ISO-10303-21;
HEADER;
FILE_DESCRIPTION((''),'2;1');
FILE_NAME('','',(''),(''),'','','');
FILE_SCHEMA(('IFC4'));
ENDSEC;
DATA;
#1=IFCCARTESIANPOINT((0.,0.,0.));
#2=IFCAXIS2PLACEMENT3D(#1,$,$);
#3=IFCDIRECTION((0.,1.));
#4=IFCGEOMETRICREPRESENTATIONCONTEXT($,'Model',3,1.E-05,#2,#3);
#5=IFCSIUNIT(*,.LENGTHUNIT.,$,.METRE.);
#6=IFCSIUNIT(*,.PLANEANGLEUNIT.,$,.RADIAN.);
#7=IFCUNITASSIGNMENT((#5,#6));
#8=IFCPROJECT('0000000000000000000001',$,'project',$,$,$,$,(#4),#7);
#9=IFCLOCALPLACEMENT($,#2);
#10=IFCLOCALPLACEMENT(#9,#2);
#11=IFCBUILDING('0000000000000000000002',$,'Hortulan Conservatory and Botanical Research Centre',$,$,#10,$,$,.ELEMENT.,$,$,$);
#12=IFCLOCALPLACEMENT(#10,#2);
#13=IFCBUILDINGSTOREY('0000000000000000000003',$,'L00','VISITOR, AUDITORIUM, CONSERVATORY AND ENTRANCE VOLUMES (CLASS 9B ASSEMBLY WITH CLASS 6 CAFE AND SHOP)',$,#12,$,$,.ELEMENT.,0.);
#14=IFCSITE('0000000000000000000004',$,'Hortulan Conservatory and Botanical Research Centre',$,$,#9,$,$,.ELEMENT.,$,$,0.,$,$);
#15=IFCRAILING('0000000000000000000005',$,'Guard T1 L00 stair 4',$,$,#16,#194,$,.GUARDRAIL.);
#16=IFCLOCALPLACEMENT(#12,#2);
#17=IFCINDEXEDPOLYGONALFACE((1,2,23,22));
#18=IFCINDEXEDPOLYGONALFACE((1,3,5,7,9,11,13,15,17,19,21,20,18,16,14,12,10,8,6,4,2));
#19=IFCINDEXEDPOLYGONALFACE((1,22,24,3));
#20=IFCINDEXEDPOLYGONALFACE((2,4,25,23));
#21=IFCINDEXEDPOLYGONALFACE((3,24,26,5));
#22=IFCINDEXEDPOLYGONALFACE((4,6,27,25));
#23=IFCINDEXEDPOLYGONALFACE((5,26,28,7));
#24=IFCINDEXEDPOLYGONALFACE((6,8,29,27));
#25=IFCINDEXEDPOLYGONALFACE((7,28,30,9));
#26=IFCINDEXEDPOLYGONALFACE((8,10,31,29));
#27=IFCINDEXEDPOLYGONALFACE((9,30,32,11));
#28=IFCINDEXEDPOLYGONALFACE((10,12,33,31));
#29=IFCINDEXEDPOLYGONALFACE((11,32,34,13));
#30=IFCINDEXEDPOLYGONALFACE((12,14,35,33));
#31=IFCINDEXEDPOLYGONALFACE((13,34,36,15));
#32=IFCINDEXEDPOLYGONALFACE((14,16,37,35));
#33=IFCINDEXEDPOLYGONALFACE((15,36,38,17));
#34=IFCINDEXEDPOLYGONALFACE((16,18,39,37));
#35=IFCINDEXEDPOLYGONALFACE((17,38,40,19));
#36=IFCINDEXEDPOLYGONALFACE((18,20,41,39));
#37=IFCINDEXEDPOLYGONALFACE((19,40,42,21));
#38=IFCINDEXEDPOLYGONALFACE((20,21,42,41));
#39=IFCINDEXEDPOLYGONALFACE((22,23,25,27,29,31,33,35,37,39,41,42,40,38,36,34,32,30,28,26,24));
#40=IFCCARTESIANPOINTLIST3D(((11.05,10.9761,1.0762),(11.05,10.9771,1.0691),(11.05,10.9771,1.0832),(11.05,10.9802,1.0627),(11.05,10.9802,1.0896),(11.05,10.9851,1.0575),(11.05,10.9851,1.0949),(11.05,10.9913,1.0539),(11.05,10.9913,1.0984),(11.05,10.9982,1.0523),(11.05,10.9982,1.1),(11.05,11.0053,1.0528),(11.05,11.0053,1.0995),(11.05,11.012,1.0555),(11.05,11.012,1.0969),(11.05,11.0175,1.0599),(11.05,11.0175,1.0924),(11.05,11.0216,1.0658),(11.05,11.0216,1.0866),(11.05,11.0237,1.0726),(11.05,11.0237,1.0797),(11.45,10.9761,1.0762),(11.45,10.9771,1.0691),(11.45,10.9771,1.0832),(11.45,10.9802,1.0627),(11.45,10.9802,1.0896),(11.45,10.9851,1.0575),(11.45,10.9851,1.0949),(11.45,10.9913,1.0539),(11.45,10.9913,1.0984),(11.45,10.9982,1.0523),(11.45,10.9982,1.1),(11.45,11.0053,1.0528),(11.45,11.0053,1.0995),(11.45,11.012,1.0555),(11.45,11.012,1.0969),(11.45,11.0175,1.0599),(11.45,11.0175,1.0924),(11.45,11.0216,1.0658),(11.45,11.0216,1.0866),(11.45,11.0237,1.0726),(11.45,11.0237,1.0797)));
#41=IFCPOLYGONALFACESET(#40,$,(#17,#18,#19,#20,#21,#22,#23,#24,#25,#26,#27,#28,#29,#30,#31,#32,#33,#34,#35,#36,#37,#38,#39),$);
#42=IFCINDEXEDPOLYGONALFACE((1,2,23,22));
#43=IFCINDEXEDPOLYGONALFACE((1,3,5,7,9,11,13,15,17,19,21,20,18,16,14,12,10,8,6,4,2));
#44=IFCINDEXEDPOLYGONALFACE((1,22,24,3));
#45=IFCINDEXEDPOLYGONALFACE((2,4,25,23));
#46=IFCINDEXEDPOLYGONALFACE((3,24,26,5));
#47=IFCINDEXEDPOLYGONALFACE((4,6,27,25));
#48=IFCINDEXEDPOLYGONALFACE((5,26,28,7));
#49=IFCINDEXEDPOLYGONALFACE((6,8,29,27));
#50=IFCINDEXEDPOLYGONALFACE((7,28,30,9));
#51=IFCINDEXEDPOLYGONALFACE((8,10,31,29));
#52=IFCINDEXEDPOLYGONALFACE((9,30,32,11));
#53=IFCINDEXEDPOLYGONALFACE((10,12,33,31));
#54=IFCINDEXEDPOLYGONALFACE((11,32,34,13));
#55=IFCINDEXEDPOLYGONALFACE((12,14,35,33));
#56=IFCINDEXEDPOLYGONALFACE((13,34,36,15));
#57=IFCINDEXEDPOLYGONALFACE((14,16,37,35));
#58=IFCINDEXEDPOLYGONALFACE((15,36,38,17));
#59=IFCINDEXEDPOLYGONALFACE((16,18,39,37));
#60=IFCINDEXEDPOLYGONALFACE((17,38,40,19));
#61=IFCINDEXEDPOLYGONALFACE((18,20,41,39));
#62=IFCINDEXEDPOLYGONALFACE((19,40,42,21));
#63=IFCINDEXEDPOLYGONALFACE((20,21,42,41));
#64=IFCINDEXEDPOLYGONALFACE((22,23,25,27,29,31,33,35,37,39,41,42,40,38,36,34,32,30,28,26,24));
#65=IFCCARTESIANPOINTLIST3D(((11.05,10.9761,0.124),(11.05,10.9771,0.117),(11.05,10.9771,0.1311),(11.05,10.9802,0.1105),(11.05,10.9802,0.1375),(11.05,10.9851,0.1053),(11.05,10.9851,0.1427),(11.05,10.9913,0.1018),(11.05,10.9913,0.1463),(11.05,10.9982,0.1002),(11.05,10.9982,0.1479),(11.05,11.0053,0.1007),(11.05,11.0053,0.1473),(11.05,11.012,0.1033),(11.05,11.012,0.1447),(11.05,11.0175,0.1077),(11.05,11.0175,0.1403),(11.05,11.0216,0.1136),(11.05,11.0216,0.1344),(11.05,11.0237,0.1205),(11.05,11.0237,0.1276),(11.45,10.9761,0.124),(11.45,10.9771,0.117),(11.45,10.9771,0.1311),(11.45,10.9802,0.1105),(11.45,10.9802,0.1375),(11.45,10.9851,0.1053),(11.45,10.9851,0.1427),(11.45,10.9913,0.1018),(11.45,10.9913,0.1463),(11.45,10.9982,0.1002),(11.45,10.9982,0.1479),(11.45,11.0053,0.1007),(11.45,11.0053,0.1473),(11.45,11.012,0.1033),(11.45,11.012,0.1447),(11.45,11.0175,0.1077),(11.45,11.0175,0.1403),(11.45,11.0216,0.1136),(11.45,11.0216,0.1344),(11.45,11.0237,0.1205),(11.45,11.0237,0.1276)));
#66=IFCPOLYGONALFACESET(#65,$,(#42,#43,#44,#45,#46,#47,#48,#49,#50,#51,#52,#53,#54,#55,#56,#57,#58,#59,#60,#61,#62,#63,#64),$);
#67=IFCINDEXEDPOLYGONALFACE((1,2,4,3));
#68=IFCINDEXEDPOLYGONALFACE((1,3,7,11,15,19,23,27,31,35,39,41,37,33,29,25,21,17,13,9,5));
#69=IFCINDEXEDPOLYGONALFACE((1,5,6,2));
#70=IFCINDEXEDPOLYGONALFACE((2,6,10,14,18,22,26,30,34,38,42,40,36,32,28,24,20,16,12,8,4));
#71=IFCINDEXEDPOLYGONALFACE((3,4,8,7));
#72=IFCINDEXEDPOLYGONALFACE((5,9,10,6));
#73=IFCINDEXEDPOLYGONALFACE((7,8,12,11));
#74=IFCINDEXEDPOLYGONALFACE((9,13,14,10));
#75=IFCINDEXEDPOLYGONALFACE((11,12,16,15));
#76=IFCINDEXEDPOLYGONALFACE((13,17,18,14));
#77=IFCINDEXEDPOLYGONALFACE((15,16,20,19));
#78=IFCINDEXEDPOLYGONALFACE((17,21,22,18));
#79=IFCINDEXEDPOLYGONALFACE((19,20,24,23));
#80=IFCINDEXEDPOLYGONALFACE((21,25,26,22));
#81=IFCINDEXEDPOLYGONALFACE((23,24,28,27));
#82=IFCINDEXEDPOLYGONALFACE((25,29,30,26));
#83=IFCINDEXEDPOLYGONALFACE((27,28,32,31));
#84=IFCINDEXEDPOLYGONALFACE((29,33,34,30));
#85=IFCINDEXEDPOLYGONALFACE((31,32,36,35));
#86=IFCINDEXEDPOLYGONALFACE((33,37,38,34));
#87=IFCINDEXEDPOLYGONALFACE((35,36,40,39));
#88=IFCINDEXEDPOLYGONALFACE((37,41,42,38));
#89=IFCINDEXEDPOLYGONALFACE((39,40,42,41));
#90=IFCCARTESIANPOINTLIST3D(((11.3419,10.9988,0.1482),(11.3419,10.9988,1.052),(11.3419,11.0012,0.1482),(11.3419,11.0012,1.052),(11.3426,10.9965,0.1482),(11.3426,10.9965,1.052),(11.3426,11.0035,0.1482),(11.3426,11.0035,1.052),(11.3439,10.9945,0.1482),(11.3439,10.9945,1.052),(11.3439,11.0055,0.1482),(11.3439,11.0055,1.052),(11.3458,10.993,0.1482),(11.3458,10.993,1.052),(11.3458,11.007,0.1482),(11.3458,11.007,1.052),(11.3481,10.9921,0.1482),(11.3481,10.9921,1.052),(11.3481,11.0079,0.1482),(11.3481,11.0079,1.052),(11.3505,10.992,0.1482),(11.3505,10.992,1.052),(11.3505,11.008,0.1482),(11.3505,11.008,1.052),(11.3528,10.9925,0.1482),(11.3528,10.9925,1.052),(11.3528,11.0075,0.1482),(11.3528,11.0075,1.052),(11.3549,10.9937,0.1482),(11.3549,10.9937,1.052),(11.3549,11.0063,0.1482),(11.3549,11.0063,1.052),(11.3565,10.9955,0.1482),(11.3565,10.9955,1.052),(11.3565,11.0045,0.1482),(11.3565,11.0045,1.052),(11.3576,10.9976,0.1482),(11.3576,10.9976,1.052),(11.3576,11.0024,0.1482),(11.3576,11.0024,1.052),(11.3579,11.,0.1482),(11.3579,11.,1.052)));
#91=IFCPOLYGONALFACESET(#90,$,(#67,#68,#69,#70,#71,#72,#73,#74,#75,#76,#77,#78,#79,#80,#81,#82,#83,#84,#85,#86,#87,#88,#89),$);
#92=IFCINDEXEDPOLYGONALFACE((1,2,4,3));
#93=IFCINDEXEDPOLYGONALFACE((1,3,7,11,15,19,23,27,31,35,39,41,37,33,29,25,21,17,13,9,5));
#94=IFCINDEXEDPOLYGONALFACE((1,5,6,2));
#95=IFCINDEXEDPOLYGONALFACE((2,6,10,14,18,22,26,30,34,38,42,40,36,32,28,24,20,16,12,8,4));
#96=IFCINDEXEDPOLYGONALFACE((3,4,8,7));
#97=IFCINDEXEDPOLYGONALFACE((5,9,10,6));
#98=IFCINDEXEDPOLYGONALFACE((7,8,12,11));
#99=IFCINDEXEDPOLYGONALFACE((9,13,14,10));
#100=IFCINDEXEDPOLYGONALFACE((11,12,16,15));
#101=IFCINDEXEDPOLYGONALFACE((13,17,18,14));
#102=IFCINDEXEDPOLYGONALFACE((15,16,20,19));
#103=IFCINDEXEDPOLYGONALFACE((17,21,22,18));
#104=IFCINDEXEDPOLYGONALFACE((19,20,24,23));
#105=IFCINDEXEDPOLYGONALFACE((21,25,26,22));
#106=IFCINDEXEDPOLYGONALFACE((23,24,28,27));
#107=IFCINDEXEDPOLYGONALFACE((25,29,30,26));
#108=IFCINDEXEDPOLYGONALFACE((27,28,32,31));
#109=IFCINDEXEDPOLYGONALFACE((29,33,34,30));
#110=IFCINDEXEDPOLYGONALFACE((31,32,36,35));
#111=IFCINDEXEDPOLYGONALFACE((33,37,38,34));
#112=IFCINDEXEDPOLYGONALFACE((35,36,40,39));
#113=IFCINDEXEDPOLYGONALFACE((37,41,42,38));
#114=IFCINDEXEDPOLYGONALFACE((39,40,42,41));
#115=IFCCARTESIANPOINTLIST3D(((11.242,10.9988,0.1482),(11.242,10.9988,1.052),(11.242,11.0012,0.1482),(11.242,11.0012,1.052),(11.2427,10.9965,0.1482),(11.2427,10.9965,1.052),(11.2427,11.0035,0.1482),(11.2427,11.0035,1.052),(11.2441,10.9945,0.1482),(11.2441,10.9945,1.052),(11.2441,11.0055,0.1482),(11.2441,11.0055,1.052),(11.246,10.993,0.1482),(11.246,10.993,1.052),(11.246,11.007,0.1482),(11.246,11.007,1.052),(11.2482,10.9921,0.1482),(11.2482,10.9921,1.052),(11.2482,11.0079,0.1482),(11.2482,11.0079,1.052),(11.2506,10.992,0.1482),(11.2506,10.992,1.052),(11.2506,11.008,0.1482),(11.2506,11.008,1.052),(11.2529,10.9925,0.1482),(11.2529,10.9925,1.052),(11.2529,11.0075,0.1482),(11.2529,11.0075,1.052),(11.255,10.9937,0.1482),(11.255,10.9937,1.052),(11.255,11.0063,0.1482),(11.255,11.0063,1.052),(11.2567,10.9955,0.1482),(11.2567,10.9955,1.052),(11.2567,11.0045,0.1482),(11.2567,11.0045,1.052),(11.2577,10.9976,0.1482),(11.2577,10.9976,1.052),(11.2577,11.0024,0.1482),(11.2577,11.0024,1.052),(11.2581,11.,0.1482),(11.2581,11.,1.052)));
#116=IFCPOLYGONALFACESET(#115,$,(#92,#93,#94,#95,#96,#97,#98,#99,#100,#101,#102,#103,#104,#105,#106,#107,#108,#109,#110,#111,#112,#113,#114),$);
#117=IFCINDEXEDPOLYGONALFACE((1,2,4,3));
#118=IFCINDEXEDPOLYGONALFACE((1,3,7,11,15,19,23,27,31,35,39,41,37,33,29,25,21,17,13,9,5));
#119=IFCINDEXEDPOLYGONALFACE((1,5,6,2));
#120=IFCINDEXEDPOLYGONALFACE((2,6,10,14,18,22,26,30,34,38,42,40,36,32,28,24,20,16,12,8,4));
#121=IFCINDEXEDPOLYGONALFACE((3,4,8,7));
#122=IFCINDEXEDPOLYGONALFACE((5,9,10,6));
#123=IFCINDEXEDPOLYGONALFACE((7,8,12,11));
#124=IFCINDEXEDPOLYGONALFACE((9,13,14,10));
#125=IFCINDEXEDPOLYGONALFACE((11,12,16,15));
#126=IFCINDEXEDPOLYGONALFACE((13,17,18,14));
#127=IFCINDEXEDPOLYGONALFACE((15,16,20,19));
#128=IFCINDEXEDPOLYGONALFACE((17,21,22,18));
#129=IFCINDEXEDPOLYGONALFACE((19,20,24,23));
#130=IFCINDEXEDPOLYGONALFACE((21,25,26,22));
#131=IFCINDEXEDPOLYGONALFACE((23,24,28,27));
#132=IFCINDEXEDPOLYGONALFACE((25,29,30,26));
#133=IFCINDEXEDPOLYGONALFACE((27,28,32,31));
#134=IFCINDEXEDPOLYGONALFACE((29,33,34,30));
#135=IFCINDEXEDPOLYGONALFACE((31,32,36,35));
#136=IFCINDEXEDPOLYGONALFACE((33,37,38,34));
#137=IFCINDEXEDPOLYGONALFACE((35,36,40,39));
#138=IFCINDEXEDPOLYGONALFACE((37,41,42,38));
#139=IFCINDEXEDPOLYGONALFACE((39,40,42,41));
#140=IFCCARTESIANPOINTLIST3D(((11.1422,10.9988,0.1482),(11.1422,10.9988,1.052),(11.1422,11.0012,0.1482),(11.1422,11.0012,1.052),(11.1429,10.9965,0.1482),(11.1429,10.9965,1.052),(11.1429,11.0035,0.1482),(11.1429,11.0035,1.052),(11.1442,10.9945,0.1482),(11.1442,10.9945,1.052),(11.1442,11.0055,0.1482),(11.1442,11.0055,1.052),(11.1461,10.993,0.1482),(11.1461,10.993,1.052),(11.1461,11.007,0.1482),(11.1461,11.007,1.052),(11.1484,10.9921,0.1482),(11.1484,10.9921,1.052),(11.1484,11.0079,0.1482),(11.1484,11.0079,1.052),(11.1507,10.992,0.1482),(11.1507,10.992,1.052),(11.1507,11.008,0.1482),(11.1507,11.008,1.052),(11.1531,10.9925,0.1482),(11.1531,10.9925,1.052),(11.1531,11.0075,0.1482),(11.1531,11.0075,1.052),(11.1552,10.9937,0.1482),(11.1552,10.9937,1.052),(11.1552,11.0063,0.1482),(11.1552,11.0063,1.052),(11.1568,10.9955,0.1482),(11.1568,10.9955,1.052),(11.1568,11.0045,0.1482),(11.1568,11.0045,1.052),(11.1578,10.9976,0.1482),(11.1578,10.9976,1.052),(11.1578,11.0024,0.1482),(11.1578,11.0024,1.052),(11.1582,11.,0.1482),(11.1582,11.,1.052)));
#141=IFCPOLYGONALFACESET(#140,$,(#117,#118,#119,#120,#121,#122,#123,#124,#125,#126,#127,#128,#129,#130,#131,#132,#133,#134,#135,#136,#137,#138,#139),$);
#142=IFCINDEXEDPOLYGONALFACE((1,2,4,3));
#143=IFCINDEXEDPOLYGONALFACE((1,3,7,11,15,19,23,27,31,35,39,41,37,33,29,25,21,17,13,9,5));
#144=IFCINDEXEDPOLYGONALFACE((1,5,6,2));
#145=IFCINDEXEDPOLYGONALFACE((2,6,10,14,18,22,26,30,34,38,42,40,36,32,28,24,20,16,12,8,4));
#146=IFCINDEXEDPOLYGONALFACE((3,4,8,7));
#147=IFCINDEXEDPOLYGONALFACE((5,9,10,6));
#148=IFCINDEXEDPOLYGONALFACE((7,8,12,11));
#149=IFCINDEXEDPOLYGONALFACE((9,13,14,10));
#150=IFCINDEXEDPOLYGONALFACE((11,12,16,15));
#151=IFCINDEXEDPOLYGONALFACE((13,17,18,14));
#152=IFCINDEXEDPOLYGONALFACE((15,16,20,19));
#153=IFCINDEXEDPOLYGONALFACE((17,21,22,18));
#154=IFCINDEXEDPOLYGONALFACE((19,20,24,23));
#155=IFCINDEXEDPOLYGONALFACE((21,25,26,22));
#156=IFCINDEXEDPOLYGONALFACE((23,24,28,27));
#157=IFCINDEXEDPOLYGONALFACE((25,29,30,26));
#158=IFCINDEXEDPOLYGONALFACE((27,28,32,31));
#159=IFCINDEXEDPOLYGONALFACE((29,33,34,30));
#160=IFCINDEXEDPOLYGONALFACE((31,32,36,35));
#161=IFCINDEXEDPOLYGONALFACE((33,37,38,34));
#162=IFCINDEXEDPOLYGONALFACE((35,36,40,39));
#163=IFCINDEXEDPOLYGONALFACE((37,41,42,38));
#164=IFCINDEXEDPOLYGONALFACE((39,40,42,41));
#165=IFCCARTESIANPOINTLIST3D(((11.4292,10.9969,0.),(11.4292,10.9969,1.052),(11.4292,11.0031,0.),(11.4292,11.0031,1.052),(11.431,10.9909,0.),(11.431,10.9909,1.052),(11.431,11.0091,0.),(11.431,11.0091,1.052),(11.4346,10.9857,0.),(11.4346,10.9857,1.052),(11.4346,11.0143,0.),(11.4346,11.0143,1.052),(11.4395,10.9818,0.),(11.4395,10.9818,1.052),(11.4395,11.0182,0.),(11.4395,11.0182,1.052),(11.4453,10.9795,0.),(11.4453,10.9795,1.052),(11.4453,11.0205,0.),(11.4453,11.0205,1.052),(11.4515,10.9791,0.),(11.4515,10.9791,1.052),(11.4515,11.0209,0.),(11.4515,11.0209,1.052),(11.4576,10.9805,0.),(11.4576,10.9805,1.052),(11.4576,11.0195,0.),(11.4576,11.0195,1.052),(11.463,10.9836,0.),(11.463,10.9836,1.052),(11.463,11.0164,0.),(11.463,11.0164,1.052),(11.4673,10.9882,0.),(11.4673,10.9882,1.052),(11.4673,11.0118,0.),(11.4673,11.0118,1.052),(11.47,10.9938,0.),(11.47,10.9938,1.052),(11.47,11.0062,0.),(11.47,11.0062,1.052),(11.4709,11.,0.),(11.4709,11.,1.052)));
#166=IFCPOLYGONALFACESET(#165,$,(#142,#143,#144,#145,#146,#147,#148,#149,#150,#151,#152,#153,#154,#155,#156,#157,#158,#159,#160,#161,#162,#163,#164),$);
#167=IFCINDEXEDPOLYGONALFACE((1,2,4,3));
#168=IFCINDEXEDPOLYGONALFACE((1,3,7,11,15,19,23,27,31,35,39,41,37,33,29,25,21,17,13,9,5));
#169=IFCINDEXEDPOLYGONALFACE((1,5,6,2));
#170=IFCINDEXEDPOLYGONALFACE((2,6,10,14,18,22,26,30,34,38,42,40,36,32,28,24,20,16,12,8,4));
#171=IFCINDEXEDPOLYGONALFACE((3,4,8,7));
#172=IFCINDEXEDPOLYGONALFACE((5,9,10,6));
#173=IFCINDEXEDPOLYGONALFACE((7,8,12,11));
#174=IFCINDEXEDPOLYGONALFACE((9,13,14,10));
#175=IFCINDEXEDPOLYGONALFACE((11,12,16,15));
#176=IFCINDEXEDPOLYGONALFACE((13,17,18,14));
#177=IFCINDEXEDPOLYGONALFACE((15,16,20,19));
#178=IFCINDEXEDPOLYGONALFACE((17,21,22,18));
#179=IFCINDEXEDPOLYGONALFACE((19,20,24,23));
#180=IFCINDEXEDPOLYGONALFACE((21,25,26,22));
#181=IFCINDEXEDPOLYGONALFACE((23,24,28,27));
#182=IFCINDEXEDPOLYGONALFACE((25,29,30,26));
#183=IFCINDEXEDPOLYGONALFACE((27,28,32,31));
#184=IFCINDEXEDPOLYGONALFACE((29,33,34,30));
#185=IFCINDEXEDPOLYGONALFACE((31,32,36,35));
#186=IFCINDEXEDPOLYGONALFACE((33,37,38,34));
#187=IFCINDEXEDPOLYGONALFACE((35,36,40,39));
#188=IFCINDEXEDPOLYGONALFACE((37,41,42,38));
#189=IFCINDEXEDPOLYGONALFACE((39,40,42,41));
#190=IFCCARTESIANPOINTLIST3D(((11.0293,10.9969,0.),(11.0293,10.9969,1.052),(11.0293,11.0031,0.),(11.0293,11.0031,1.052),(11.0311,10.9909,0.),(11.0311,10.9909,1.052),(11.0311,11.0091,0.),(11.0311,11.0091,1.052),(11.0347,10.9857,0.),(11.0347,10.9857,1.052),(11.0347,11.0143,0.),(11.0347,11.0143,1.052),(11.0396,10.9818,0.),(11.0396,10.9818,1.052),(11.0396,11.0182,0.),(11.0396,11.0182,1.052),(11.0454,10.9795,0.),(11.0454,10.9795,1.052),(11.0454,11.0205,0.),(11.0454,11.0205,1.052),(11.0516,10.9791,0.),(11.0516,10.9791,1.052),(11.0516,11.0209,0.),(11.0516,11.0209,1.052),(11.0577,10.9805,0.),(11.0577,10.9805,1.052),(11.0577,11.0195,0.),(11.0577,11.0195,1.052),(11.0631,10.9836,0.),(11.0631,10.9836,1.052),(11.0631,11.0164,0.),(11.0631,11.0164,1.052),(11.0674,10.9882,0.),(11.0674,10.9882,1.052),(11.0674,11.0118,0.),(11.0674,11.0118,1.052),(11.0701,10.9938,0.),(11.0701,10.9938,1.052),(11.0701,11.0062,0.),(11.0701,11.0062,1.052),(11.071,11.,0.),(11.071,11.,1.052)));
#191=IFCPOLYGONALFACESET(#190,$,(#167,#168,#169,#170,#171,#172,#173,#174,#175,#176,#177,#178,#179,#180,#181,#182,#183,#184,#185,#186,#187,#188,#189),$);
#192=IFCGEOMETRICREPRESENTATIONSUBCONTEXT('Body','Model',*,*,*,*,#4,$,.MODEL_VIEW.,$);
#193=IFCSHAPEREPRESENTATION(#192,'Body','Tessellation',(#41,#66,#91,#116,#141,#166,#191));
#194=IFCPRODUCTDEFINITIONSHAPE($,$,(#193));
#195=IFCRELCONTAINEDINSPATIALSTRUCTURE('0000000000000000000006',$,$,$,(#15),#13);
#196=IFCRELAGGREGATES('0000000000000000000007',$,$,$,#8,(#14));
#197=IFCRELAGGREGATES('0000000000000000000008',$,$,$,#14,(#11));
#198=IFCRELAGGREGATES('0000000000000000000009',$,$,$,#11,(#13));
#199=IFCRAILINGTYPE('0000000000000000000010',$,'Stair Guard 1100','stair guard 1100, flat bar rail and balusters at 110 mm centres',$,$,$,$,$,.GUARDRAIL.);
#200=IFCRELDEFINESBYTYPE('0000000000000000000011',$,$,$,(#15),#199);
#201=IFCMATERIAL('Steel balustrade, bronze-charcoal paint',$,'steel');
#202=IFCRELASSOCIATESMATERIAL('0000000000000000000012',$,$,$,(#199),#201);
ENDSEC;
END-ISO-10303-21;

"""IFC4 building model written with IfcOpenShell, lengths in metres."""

from ifc_helpers import new_model, si_unit, direction, frame, origin, origin_2d, place, context, subcontext, project, spatial, circle, extrude, material, type_object, element, save


model = new_model("IFC4")

# Units and contexts
model_context = context("Model", 3, precision=1e-05, world=origin(), true_north=direction((0.0, 1.0)))
body_context = subcontext(model_context, "Body", "Model", "MODEL_VIEW")
ifc_project = project(units=[si_unit("LENGTHUNIT", "METRE"), si_unit("PLANEANGLEUNIT", "RADIAN")], contexts=[model_context])

# Site, building, storey
site_placement = place(None, origin())
site = spatial("IfcSite", under=ifc_project, at=site_placement, Name="Hortulan Conservatory and Botanical Research Centre", CompositionType="ELEMENT", RefElevation=0.0)
building_placement = place(site_placement, origin())
building = spatial("IfcBuilding", under=site, at=building_placement, Name="Hortulan Conservatory and Botanical Research Centre", CompositionType="ELEMENT")
storey_placement = place(building_placement, origin())
storey = spatial("IfcBuildingStorey", under=building, at=storey_placement, Name="L00", Description="VISITOR, AUDITORIUM, CONSERVATORY AND ENTRANCE VOLUMES (CLASS 9B ASSEMBLY WITH CLASS 6 CAFE AND SHOP)", CompositionType="ELEMENT", Elevation=0.0)

# Railing
ifc_material_1 = material(Name="Steel balustrade, bronze-charcoal paint", Category="steel")
railing_type_1 = type_object("IfcRailingType", Name="Stair Guard 1100", Description="stair guard 1100, flat bar rail and balusters at 110 mm centres", PredefinedType="GUARDRAIL", material=ifc_material_1)
railing_1_placement = place(storey_placement, frame((11.45, 11.0, 0.0)))
element("IfcRailing", 1, at=railing_1_placement, inside=storey, type_object=railing_type_1, Name="Guard T1 L00 stair 4", PredefinedType="GUARDRAIL", context=body_context, shape_type="SweptSolid", body=[
    extrude(circle(Radius=0.0239, at=origin_2d()), frame((0.0, 0.0, 1.0762), z_axis=(-1.0, 0.0, 0.0), x_axis=(0.0, -1.0, 0.0)), (0.0, 0.0, 1.0), 0.3999),
    extrude(circle(Radius=0.0239, at=origin_2d()), frame((0.0, 0.0, 0.124), z_axis=(-1.0, 0.0, 0.0), x_axis=(0.0, -1.0, 0.0)), (0.0, 0.0, 1.0), 0.3999),
    extrude(circle(Radius=0.0081, at=origin_2d()), frame((-0.1001, 0.0, 0.1482)), (0.0, 0.0, 1.0), 0.9038),
    extrude(circle(Radius=0.0081, at=origin_2d()), frame((-0.2, 0.0, 0.1482)), (0.0, 0.0, 1.0), 0.9038),
    extrude(circle(Radius=0.0081, at=origin_2d()), frame((-0.2998, 0.0, 0.1482)), (0.0, 0.0, 1.0), 0.9038),
    extrude(circle(Radius=0.021, at=origin_2d()), origin(), (0.0, 0.0, 1.0), 1.052),
    extrude(circle(Radius=0.021, at=origin_2d()), frame((-0.3999, 0.0, 0.0)), (0.0, 0.0, 1.0), 1.052),
])

save(model, "model.ifc")
